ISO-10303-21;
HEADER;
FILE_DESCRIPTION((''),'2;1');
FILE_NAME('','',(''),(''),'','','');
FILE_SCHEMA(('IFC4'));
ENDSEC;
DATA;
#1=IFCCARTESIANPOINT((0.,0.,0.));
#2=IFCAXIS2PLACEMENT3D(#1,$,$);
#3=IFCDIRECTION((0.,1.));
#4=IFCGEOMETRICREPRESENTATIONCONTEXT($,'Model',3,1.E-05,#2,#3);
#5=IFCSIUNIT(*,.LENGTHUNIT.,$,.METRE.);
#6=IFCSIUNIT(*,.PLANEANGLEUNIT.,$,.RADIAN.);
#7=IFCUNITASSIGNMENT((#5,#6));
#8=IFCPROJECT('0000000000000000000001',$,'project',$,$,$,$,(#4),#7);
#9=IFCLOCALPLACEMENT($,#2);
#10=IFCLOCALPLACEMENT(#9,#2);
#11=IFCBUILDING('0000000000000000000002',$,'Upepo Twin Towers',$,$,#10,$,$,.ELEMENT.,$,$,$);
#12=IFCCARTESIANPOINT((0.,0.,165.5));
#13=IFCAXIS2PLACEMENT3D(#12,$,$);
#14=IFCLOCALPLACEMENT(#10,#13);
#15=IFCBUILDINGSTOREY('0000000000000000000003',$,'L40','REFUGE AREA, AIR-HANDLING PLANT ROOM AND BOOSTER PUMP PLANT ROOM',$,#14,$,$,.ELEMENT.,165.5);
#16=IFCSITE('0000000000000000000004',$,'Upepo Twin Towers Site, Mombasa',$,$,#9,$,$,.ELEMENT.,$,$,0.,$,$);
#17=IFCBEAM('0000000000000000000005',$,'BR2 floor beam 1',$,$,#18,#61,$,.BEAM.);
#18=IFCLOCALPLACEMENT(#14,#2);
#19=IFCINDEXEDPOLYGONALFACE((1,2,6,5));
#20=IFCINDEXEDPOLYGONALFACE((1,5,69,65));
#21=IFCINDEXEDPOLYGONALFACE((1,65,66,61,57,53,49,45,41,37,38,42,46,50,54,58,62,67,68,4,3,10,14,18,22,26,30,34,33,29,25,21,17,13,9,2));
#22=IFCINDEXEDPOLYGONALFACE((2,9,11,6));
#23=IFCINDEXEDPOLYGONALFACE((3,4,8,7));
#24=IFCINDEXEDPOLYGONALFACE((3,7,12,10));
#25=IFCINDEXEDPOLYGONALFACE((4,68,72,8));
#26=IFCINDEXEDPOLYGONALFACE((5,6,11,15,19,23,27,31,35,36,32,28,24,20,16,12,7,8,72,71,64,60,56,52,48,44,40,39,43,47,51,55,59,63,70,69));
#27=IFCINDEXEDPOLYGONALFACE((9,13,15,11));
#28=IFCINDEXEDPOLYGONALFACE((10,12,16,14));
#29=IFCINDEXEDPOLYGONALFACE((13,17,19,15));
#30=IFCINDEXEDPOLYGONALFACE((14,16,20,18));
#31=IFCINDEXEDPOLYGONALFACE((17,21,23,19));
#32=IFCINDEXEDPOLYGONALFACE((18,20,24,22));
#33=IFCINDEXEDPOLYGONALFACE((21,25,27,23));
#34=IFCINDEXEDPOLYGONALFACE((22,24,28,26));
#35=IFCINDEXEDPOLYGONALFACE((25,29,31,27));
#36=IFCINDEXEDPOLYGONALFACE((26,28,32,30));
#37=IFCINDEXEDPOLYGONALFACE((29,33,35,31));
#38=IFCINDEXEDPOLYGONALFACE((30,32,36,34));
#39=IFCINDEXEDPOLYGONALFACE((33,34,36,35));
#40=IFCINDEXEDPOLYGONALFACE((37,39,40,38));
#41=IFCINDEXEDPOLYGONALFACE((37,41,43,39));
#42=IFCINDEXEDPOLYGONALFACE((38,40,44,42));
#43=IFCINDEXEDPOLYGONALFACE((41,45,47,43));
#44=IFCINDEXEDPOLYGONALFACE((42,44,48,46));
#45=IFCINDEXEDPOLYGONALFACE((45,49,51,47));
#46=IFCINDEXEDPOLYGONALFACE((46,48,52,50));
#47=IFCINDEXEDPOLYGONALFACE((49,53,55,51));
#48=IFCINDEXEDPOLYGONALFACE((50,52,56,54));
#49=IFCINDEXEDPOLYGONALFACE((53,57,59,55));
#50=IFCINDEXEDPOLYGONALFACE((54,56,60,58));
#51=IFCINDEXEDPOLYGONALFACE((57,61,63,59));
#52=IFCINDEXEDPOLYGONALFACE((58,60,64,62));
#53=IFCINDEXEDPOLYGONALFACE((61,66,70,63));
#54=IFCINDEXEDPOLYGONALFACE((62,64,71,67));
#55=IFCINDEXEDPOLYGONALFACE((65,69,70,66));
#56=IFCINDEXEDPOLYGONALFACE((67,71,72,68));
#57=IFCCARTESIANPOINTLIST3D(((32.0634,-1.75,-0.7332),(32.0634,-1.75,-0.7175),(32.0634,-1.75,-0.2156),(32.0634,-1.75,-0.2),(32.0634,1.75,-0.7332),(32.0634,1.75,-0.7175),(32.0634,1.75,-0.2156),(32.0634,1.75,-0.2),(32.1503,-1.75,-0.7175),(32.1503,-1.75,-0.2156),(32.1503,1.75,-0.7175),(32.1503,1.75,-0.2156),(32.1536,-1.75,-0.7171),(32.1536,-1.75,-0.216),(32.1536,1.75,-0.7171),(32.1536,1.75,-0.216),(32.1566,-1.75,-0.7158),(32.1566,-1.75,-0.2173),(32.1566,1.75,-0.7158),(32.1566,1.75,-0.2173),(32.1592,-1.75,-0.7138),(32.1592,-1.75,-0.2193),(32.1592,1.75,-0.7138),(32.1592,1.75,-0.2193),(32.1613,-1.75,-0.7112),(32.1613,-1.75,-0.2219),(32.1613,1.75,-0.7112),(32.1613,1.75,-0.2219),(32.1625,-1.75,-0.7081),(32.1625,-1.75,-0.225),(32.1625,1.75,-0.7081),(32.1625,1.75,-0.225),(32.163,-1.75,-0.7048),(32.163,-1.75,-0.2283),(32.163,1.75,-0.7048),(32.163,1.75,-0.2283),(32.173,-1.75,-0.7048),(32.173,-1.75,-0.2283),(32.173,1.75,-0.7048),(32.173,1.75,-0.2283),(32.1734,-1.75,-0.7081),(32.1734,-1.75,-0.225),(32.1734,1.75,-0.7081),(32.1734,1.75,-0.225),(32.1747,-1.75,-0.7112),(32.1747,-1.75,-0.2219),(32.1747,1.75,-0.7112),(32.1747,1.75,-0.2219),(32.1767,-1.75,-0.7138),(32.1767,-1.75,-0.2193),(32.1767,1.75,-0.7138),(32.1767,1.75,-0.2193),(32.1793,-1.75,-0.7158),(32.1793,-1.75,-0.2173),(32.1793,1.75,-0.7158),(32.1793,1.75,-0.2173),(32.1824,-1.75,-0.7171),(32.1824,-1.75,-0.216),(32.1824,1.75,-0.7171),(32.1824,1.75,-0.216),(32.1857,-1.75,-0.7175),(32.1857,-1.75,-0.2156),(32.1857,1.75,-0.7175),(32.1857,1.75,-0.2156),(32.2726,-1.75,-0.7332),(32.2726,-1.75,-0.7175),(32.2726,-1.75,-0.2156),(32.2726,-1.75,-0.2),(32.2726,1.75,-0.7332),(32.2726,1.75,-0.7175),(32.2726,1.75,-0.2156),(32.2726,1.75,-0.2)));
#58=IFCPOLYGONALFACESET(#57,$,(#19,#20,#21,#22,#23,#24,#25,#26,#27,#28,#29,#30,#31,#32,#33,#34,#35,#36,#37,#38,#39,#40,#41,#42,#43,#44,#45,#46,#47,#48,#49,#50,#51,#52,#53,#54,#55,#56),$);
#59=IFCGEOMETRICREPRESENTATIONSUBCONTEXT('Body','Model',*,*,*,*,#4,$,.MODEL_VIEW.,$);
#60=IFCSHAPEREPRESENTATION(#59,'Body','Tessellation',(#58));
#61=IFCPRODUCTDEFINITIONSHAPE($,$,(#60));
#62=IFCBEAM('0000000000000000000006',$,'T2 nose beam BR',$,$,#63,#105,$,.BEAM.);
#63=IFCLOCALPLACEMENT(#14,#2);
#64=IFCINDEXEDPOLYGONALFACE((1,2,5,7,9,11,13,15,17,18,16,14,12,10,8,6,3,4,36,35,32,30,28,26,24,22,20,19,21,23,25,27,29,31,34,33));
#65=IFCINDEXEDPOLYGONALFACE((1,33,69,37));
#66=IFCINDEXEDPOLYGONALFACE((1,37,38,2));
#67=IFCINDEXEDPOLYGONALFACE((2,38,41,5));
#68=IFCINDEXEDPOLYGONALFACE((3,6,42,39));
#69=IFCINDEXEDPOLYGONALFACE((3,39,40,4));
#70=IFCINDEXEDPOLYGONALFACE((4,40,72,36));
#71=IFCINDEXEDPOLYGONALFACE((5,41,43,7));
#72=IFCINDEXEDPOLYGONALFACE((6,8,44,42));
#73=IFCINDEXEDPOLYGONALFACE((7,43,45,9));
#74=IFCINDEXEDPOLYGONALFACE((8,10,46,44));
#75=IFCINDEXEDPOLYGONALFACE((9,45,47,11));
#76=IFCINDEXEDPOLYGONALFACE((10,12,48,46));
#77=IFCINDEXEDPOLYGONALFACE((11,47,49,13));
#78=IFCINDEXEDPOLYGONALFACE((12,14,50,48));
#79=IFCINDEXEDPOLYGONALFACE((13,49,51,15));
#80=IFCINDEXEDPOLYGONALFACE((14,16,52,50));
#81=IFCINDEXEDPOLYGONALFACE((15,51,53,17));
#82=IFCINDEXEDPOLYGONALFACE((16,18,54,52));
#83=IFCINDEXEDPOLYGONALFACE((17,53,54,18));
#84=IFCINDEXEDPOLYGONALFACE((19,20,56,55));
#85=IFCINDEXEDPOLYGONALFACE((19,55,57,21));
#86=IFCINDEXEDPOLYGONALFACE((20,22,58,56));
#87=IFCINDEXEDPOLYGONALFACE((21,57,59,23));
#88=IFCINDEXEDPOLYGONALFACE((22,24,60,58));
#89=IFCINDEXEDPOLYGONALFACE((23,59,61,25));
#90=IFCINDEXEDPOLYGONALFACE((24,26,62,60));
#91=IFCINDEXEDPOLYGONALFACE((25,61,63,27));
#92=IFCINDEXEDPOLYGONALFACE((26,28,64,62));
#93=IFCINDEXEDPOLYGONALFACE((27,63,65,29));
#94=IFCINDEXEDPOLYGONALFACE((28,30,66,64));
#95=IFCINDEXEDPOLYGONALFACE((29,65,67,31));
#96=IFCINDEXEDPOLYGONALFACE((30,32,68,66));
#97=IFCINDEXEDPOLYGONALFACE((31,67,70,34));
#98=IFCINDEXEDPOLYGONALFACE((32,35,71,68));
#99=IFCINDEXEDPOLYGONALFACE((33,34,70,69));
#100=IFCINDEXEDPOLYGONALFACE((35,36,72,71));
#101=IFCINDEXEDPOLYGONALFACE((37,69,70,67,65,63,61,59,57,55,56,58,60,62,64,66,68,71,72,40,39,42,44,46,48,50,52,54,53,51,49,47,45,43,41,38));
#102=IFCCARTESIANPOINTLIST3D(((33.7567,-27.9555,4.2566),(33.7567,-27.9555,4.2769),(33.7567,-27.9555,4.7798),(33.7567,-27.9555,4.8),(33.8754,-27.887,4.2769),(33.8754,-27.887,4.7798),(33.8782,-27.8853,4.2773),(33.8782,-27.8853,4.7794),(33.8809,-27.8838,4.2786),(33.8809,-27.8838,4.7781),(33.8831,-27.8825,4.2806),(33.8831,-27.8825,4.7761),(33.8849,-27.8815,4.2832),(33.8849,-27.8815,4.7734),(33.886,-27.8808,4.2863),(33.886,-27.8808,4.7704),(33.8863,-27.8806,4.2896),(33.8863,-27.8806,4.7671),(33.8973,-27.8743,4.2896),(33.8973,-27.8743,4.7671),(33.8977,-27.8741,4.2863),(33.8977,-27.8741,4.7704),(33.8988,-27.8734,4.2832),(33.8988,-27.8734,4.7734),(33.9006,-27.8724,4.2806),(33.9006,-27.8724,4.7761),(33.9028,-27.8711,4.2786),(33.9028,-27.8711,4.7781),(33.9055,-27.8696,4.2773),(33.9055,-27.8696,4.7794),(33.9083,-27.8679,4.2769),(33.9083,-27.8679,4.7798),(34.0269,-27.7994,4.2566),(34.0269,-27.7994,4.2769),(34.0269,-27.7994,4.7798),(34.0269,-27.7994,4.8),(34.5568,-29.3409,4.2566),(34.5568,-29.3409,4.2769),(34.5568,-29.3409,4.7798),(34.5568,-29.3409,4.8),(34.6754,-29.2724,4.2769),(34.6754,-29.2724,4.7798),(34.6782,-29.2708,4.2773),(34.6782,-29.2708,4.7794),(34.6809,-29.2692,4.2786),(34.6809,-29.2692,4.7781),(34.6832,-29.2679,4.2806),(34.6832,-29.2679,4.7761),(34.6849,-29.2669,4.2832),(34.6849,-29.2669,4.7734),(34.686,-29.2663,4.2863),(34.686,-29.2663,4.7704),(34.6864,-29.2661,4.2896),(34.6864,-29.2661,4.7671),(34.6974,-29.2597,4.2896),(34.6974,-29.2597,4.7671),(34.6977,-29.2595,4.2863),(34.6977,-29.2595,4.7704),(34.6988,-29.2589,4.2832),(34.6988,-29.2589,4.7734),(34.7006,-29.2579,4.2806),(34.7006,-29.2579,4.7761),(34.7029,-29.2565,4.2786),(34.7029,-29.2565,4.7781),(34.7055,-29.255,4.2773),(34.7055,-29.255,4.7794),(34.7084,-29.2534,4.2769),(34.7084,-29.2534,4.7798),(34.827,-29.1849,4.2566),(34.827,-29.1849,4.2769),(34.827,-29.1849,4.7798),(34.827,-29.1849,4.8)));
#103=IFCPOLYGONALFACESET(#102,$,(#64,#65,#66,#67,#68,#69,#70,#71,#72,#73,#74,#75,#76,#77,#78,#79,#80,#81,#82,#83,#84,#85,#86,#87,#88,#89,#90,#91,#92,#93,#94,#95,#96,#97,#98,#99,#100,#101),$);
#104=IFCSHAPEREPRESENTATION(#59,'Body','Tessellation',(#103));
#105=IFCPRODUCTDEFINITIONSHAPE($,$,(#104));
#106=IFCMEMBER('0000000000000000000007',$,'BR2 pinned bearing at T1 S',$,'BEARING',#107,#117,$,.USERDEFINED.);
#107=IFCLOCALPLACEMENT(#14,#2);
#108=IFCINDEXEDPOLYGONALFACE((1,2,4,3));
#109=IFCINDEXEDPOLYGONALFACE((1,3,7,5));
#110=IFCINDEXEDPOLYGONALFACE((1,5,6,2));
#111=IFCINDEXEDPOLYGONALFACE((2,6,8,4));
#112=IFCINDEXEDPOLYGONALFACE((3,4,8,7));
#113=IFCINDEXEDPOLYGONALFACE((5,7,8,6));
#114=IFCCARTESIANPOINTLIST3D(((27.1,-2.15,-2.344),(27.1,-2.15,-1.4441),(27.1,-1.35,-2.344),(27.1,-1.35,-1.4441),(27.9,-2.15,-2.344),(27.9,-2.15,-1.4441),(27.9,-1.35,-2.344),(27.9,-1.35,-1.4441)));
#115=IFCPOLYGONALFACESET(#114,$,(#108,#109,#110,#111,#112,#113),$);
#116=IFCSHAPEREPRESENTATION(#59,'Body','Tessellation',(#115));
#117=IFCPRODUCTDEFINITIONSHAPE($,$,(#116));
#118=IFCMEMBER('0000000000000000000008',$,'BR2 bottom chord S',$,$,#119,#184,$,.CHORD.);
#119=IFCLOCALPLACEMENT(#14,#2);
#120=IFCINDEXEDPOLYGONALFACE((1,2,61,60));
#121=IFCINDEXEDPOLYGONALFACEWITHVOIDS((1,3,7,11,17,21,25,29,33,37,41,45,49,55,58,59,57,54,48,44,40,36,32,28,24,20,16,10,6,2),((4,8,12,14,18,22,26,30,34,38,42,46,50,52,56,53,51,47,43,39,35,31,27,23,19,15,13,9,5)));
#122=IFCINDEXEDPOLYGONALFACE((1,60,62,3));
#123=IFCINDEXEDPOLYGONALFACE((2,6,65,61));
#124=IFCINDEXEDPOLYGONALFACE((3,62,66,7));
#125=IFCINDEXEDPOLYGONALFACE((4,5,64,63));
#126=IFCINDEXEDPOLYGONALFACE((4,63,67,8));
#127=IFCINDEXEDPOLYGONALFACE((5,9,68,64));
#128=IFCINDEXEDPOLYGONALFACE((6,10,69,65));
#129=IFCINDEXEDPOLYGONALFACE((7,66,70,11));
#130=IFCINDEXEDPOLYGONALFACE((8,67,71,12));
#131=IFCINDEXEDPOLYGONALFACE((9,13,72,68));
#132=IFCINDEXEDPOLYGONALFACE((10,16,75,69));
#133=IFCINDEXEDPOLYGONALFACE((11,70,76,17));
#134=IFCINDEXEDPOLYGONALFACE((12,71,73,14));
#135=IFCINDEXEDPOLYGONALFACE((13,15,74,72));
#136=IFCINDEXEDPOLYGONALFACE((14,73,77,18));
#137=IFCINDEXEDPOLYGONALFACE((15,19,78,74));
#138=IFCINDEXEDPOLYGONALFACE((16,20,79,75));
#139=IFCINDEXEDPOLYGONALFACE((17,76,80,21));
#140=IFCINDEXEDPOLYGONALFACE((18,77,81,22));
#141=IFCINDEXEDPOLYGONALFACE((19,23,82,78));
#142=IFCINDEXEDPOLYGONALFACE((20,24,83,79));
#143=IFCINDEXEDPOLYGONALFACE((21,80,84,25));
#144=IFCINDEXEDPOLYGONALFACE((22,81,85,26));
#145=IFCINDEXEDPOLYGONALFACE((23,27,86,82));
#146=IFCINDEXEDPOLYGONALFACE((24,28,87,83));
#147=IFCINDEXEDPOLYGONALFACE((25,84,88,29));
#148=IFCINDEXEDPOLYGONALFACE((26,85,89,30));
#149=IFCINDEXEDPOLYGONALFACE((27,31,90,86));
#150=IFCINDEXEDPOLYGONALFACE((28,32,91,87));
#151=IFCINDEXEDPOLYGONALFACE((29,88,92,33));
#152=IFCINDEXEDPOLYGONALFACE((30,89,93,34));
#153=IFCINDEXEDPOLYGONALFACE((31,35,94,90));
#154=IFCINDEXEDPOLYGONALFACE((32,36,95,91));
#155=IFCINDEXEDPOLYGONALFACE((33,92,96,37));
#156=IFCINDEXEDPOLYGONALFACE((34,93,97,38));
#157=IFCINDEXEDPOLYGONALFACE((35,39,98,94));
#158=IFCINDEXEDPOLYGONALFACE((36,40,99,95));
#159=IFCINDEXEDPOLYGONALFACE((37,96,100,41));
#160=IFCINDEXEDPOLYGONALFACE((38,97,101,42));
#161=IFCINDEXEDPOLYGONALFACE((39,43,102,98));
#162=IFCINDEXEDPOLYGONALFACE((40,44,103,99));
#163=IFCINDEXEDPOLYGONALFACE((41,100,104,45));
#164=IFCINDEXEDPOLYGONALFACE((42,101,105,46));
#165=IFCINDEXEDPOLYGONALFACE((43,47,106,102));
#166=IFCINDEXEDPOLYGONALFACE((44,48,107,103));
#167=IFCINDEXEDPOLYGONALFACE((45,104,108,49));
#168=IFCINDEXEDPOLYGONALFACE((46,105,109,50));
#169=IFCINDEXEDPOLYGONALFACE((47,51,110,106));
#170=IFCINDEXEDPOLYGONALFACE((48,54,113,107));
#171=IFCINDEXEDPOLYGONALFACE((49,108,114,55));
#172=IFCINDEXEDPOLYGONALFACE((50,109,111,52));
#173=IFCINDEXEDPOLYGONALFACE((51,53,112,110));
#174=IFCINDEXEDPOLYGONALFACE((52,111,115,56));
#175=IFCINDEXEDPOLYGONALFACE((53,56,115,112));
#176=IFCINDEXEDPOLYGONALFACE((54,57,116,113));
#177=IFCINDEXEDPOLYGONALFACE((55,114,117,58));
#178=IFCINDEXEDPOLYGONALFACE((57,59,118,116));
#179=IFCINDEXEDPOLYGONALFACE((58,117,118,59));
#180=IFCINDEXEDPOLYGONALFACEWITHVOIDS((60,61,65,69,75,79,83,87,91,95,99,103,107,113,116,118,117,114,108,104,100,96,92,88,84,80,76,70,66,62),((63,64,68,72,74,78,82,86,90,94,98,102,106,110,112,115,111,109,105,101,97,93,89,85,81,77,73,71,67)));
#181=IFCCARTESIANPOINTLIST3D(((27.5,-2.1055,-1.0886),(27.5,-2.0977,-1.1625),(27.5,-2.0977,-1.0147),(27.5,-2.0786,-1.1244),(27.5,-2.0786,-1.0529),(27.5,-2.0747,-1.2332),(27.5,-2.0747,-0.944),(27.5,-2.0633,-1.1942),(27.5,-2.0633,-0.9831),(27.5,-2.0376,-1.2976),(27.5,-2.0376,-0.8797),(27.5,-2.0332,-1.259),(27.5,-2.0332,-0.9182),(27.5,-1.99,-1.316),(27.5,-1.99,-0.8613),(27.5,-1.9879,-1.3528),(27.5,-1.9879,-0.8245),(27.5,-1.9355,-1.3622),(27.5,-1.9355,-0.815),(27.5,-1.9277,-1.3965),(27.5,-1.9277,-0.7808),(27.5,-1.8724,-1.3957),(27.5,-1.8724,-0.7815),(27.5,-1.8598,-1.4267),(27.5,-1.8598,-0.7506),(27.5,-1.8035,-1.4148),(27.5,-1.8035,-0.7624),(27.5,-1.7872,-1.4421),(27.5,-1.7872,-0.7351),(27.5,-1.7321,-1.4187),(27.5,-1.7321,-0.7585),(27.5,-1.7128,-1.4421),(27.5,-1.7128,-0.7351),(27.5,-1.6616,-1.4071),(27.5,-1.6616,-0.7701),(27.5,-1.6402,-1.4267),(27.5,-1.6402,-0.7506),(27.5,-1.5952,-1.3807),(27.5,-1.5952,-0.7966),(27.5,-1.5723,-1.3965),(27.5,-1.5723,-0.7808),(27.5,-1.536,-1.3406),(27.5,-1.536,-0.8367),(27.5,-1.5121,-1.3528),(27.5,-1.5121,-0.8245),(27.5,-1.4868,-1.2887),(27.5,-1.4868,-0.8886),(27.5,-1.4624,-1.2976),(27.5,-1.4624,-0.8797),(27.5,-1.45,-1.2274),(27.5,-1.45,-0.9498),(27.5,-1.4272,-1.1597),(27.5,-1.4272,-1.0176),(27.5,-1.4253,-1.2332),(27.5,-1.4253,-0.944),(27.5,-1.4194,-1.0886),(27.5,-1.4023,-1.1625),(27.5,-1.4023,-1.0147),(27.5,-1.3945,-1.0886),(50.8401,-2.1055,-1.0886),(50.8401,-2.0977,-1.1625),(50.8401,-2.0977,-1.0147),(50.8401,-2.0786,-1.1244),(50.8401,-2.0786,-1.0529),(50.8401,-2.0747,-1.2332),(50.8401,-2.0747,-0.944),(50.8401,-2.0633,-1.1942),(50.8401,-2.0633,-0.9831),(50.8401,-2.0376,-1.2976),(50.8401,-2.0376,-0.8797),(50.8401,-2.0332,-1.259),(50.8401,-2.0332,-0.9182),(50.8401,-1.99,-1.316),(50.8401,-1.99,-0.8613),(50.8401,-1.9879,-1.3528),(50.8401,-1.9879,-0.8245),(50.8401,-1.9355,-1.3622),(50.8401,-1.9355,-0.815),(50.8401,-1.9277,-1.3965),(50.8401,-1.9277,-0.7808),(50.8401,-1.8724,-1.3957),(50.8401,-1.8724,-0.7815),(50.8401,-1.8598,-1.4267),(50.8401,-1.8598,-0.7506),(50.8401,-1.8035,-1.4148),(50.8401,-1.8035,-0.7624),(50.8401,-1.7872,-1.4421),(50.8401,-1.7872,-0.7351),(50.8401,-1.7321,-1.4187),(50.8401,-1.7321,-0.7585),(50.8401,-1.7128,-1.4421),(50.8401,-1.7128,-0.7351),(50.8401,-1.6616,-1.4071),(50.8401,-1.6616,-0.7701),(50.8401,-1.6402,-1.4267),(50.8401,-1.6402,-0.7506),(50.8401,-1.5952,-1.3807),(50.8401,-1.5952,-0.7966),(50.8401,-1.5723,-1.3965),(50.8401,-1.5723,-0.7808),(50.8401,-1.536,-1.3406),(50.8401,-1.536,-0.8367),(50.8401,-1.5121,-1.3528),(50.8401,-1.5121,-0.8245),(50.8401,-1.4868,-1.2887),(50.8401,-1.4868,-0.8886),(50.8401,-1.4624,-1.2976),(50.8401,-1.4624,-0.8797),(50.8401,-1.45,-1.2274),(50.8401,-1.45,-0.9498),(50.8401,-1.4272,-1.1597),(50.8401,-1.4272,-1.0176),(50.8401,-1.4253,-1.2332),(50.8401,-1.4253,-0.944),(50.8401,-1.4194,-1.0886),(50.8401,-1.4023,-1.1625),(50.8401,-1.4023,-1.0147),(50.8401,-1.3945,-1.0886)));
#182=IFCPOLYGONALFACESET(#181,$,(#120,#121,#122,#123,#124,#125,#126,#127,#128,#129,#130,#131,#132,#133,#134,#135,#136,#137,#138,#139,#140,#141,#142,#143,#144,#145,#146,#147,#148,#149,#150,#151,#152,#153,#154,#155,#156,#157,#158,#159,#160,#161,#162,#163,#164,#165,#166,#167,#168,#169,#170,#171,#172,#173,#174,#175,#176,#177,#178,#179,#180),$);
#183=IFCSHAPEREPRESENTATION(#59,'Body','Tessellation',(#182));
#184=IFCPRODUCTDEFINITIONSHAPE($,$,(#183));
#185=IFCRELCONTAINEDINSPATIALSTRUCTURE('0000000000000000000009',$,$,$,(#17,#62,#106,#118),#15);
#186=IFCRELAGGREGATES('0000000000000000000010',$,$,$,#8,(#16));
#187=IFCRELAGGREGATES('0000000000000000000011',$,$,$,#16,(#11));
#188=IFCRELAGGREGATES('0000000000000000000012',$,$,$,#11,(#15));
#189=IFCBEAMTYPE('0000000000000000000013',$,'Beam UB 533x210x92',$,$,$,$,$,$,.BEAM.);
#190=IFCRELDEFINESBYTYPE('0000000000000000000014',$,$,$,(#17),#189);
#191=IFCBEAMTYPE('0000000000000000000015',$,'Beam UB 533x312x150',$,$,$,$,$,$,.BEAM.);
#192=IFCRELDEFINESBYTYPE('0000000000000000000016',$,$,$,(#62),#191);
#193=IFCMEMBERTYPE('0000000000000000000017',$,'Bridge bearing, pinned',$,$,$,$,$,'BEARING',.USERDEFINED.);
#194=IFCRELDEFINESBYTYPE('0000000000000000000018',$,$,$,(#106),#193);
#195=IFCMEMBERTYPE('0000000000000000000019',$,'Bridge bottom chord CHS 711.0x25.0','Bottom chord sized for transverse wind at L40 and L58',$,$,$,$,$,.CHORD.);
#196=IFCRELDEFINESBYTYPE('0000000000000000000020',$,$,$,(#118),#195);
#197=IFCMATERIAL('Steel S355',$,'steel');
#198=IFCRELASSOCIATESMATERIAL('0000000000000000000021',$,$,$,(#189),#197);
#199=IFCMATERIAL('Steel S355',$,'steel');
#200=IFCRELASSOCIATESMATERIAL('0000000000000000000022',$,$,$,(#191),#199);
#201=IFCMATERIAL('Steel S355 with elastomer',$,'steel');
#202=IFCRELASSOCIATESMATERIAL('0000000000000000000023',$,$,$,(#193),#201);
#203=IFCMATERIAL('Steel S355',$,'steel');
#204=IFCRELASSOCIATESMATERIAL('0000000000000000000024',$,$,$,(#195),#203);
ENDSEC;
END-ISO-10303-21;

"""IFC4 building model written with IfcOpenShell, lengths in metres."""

from ifc_helpers import new_model, si_unit, direction, frame, origin, origin_2d, place, context, subcontext, project, spatial, rectangle, hollow_circle, i_section, extrude, material, material_profile, profile_set, type_object, element, save


model = new_model("IFC4")

# Units and contexts
model_context = context("Model", 3, precision=1e-05, world=origin(), true_north=direction((0.0, 1.0)))
body_context = subcontext(model_context, "Body", "Model", "MODEL_VIEW")
ifc_project = project(units=[si_unit("LENGTHUNIT", "METRE"), si_unit("PLANEANGLEUNIT", "RADIAN")], contexts=[model_context])

# Site, building, storey
site_placement = place(None, origin())
site = spatial("IfcSite", under=ifc_project, at=site_placement, Name="Upepo Twin Towers Site, Mombasa", CompositionType="ELEMENT", RefElevation=0.0)
building_placement = place(site_placement, origin())
building = spatial("IfcBuilding", under=site, at=building_placement, Name="Upepo Twin Towers", CompositionType="ELEMENT")
storey_placement = place(building_placement, frame((0.0, 0.0, 165.5)))
storey = spatial("IfcBuildingStorey", under=building, at=storey_placement, Name="L40", Description="REFUGE AREA, AIR-HANDLING PLANT ROOM AND BOOSTER PUMP PLANT ROOM", CompositionType="ELEMENT", Elevation=165.5)

# Beams
ifc_material_1 = material(Name="Steel S355", Category="steel")
ifc_material_profile_1 = material_profile(ifc_material_1, i_section(OverallWidth=0.2092, OverallDepth=0.5332, WebThickness=0.01, FlangeThickness=0.0156, FilletRadius=0.0127, at=origin_2d()), Name="UB 533x210x92")
ifc_profile_set_1 = profile_set([ifc_material_profile_1], Name="Steel S355")
beam_type_1 = type_object("IfcBeamType", Name="Beam UB 533x210x92", PredefinedType="BEAM", material=ifc_profile_set_1)
for number, where, z_axis, x_axis, name in (
    (1, (32.168, -1.75, -0.4666), (0.0, 1.0, 0.0), (-1.0, 0.0, 0.0), "BR2 floor beam 1"),
):
    element("IfcBeam", number, at=place(storey_placement, frame(where, z_axis=z_axis, x_axis=x_axis)), inside=storey, type_object=beam_type_1, Name=name, PredefinedType="BEAM", context=body_context, shape_type="SweptSolid", body=[
        extrude(i_section(OverallWidth=0.2092, OverallDepth=0.5332, WebThickness=0.01, FlangeThickness=0.0156, FilletRadius=0.0127, at=origin_2d()), origin(), (0.0, 0.0, 1.0), 3.5),
    ])
ifc_material_2 = material(Name="Steel S355", Category="steel")
ifc_material_profile_2 = material_profile(ifc_material_2, i_section(OverallWidth=0.312, OverallDepth=0.5435, WebThickness=0.0127, FlangeThickness=0.0203, FilletRadius=0.0127, at=origin_2d()), Name="UB 533x312x150")
ifc_profile_set_2 = profile_set([ifc_material_profile_2], Name="Steel S355")
beam_type_2 = type_object("IfcBeamType", Name="Beam UB 533x312x150", PredefinedType="BEAM", material=ifc_profile_set_2)
beam_placement = place(storey_placement, frame((33.8918, -27.8774, 4.5283), z_axis=(0.500061, -0.86599, 0.0), x_axis=(0.86599, 0.500061, 0.0)))
element("IfcBeam", 2, at=beam_placement, inside=storey, type_object=beam_type_2, Name="T2 nose beam BR", PredefinedType="BEAM", context=body_context, shape_type="SweptSolid", body=[
    extrude(i_section(OverallWidth=0.312, OverallDepth=0.5435, WebThickness=0.0127, FlangeThickness=0.0203, FilletRadius=0.0127, at=origin_2d()), origin(), (0.0, 0.0, 1.0), 1.5999),
])

# Members
ifc_material_3 = material(Name="Steel S355 with elastomer", Category="steel")
ifc_material_profile_3 = material_profile(ifc_material_3, rectangle(XDim=0.8, YDim=0.8, at=origin_2d()), Name="BEARING 800x800 PINNED")
ifc_profile_set_3 = profile_set([ifc_material_profile_3], Name="Steel S355 with elastomer")
member_type_1 = type_object("IfcMemberType", Name="Bridge bearing, pinned", ElementType="BEARING", PredefinedType="USERDEFINED", material=ifc_profile_set_3)
member_1_placement = place(storey_placement, frame((27.5, -1.75, -2.344), z_axis=(0.0, 0.0, 1.0), x_axis=(1.0, 0.0, 0.0)))
element("IfcMember", 3, at=member_1_placement, inside=storey, type_object=member_type_1, Name="BR2 pinned bearing at T1 S", ObjectType="BEARING", PredefinedType="USERDEFINED", context=body_context, shape_type="SweptSolid", body=[
    extrude(rectangle(XDim=0.8, YDim=0.8, at=origin_2d()), origin(), (0.0, 0.0, 1.0), 0.8999),
])
ifc_material_4 = material(Name="Steel S355", Category="steel")
ifc_material_profile_4 = material_profile(ifc_material_4, hollow_circle(Radius=0.3555, WallThickness=0.0249, at=origin_2d()), Name="CHS 711.0x25.0")
ifc_profile_set_4 = profile_set([ifc_material_profile_4], Name="Steel S355")
member_type_2 = type_object("IfcMemberType", Name="Bridge bottom chord CHS 711.0x25.0", Description="Bottom chord sized for transverse wind at L40 and L58", PredefinedType="CHORD", material=ifc_profile_set_4)
member_2_placement = place(storey_placement, frame((27.5, -1.75, -1.0886), z_axis=(1.0, 0.0, 0.0), x_axis=(0.0, 1.0, 0.0)))
element("IfcMember", 4, at=member_2_placement, inside=storey, type_object=member_type_2, Name="BR2 bottom chord S", PredefinedType="CHORD", context=body_context, shape_type="SweptSolid", body=[
    extrude(hollow_circle(Radius=0.3555, WallThickness=0.0249, at=origin_2d()), origin(), (0.0, 0.0, 1.0), 23.3401),
])

save(model, "model.ifc")
